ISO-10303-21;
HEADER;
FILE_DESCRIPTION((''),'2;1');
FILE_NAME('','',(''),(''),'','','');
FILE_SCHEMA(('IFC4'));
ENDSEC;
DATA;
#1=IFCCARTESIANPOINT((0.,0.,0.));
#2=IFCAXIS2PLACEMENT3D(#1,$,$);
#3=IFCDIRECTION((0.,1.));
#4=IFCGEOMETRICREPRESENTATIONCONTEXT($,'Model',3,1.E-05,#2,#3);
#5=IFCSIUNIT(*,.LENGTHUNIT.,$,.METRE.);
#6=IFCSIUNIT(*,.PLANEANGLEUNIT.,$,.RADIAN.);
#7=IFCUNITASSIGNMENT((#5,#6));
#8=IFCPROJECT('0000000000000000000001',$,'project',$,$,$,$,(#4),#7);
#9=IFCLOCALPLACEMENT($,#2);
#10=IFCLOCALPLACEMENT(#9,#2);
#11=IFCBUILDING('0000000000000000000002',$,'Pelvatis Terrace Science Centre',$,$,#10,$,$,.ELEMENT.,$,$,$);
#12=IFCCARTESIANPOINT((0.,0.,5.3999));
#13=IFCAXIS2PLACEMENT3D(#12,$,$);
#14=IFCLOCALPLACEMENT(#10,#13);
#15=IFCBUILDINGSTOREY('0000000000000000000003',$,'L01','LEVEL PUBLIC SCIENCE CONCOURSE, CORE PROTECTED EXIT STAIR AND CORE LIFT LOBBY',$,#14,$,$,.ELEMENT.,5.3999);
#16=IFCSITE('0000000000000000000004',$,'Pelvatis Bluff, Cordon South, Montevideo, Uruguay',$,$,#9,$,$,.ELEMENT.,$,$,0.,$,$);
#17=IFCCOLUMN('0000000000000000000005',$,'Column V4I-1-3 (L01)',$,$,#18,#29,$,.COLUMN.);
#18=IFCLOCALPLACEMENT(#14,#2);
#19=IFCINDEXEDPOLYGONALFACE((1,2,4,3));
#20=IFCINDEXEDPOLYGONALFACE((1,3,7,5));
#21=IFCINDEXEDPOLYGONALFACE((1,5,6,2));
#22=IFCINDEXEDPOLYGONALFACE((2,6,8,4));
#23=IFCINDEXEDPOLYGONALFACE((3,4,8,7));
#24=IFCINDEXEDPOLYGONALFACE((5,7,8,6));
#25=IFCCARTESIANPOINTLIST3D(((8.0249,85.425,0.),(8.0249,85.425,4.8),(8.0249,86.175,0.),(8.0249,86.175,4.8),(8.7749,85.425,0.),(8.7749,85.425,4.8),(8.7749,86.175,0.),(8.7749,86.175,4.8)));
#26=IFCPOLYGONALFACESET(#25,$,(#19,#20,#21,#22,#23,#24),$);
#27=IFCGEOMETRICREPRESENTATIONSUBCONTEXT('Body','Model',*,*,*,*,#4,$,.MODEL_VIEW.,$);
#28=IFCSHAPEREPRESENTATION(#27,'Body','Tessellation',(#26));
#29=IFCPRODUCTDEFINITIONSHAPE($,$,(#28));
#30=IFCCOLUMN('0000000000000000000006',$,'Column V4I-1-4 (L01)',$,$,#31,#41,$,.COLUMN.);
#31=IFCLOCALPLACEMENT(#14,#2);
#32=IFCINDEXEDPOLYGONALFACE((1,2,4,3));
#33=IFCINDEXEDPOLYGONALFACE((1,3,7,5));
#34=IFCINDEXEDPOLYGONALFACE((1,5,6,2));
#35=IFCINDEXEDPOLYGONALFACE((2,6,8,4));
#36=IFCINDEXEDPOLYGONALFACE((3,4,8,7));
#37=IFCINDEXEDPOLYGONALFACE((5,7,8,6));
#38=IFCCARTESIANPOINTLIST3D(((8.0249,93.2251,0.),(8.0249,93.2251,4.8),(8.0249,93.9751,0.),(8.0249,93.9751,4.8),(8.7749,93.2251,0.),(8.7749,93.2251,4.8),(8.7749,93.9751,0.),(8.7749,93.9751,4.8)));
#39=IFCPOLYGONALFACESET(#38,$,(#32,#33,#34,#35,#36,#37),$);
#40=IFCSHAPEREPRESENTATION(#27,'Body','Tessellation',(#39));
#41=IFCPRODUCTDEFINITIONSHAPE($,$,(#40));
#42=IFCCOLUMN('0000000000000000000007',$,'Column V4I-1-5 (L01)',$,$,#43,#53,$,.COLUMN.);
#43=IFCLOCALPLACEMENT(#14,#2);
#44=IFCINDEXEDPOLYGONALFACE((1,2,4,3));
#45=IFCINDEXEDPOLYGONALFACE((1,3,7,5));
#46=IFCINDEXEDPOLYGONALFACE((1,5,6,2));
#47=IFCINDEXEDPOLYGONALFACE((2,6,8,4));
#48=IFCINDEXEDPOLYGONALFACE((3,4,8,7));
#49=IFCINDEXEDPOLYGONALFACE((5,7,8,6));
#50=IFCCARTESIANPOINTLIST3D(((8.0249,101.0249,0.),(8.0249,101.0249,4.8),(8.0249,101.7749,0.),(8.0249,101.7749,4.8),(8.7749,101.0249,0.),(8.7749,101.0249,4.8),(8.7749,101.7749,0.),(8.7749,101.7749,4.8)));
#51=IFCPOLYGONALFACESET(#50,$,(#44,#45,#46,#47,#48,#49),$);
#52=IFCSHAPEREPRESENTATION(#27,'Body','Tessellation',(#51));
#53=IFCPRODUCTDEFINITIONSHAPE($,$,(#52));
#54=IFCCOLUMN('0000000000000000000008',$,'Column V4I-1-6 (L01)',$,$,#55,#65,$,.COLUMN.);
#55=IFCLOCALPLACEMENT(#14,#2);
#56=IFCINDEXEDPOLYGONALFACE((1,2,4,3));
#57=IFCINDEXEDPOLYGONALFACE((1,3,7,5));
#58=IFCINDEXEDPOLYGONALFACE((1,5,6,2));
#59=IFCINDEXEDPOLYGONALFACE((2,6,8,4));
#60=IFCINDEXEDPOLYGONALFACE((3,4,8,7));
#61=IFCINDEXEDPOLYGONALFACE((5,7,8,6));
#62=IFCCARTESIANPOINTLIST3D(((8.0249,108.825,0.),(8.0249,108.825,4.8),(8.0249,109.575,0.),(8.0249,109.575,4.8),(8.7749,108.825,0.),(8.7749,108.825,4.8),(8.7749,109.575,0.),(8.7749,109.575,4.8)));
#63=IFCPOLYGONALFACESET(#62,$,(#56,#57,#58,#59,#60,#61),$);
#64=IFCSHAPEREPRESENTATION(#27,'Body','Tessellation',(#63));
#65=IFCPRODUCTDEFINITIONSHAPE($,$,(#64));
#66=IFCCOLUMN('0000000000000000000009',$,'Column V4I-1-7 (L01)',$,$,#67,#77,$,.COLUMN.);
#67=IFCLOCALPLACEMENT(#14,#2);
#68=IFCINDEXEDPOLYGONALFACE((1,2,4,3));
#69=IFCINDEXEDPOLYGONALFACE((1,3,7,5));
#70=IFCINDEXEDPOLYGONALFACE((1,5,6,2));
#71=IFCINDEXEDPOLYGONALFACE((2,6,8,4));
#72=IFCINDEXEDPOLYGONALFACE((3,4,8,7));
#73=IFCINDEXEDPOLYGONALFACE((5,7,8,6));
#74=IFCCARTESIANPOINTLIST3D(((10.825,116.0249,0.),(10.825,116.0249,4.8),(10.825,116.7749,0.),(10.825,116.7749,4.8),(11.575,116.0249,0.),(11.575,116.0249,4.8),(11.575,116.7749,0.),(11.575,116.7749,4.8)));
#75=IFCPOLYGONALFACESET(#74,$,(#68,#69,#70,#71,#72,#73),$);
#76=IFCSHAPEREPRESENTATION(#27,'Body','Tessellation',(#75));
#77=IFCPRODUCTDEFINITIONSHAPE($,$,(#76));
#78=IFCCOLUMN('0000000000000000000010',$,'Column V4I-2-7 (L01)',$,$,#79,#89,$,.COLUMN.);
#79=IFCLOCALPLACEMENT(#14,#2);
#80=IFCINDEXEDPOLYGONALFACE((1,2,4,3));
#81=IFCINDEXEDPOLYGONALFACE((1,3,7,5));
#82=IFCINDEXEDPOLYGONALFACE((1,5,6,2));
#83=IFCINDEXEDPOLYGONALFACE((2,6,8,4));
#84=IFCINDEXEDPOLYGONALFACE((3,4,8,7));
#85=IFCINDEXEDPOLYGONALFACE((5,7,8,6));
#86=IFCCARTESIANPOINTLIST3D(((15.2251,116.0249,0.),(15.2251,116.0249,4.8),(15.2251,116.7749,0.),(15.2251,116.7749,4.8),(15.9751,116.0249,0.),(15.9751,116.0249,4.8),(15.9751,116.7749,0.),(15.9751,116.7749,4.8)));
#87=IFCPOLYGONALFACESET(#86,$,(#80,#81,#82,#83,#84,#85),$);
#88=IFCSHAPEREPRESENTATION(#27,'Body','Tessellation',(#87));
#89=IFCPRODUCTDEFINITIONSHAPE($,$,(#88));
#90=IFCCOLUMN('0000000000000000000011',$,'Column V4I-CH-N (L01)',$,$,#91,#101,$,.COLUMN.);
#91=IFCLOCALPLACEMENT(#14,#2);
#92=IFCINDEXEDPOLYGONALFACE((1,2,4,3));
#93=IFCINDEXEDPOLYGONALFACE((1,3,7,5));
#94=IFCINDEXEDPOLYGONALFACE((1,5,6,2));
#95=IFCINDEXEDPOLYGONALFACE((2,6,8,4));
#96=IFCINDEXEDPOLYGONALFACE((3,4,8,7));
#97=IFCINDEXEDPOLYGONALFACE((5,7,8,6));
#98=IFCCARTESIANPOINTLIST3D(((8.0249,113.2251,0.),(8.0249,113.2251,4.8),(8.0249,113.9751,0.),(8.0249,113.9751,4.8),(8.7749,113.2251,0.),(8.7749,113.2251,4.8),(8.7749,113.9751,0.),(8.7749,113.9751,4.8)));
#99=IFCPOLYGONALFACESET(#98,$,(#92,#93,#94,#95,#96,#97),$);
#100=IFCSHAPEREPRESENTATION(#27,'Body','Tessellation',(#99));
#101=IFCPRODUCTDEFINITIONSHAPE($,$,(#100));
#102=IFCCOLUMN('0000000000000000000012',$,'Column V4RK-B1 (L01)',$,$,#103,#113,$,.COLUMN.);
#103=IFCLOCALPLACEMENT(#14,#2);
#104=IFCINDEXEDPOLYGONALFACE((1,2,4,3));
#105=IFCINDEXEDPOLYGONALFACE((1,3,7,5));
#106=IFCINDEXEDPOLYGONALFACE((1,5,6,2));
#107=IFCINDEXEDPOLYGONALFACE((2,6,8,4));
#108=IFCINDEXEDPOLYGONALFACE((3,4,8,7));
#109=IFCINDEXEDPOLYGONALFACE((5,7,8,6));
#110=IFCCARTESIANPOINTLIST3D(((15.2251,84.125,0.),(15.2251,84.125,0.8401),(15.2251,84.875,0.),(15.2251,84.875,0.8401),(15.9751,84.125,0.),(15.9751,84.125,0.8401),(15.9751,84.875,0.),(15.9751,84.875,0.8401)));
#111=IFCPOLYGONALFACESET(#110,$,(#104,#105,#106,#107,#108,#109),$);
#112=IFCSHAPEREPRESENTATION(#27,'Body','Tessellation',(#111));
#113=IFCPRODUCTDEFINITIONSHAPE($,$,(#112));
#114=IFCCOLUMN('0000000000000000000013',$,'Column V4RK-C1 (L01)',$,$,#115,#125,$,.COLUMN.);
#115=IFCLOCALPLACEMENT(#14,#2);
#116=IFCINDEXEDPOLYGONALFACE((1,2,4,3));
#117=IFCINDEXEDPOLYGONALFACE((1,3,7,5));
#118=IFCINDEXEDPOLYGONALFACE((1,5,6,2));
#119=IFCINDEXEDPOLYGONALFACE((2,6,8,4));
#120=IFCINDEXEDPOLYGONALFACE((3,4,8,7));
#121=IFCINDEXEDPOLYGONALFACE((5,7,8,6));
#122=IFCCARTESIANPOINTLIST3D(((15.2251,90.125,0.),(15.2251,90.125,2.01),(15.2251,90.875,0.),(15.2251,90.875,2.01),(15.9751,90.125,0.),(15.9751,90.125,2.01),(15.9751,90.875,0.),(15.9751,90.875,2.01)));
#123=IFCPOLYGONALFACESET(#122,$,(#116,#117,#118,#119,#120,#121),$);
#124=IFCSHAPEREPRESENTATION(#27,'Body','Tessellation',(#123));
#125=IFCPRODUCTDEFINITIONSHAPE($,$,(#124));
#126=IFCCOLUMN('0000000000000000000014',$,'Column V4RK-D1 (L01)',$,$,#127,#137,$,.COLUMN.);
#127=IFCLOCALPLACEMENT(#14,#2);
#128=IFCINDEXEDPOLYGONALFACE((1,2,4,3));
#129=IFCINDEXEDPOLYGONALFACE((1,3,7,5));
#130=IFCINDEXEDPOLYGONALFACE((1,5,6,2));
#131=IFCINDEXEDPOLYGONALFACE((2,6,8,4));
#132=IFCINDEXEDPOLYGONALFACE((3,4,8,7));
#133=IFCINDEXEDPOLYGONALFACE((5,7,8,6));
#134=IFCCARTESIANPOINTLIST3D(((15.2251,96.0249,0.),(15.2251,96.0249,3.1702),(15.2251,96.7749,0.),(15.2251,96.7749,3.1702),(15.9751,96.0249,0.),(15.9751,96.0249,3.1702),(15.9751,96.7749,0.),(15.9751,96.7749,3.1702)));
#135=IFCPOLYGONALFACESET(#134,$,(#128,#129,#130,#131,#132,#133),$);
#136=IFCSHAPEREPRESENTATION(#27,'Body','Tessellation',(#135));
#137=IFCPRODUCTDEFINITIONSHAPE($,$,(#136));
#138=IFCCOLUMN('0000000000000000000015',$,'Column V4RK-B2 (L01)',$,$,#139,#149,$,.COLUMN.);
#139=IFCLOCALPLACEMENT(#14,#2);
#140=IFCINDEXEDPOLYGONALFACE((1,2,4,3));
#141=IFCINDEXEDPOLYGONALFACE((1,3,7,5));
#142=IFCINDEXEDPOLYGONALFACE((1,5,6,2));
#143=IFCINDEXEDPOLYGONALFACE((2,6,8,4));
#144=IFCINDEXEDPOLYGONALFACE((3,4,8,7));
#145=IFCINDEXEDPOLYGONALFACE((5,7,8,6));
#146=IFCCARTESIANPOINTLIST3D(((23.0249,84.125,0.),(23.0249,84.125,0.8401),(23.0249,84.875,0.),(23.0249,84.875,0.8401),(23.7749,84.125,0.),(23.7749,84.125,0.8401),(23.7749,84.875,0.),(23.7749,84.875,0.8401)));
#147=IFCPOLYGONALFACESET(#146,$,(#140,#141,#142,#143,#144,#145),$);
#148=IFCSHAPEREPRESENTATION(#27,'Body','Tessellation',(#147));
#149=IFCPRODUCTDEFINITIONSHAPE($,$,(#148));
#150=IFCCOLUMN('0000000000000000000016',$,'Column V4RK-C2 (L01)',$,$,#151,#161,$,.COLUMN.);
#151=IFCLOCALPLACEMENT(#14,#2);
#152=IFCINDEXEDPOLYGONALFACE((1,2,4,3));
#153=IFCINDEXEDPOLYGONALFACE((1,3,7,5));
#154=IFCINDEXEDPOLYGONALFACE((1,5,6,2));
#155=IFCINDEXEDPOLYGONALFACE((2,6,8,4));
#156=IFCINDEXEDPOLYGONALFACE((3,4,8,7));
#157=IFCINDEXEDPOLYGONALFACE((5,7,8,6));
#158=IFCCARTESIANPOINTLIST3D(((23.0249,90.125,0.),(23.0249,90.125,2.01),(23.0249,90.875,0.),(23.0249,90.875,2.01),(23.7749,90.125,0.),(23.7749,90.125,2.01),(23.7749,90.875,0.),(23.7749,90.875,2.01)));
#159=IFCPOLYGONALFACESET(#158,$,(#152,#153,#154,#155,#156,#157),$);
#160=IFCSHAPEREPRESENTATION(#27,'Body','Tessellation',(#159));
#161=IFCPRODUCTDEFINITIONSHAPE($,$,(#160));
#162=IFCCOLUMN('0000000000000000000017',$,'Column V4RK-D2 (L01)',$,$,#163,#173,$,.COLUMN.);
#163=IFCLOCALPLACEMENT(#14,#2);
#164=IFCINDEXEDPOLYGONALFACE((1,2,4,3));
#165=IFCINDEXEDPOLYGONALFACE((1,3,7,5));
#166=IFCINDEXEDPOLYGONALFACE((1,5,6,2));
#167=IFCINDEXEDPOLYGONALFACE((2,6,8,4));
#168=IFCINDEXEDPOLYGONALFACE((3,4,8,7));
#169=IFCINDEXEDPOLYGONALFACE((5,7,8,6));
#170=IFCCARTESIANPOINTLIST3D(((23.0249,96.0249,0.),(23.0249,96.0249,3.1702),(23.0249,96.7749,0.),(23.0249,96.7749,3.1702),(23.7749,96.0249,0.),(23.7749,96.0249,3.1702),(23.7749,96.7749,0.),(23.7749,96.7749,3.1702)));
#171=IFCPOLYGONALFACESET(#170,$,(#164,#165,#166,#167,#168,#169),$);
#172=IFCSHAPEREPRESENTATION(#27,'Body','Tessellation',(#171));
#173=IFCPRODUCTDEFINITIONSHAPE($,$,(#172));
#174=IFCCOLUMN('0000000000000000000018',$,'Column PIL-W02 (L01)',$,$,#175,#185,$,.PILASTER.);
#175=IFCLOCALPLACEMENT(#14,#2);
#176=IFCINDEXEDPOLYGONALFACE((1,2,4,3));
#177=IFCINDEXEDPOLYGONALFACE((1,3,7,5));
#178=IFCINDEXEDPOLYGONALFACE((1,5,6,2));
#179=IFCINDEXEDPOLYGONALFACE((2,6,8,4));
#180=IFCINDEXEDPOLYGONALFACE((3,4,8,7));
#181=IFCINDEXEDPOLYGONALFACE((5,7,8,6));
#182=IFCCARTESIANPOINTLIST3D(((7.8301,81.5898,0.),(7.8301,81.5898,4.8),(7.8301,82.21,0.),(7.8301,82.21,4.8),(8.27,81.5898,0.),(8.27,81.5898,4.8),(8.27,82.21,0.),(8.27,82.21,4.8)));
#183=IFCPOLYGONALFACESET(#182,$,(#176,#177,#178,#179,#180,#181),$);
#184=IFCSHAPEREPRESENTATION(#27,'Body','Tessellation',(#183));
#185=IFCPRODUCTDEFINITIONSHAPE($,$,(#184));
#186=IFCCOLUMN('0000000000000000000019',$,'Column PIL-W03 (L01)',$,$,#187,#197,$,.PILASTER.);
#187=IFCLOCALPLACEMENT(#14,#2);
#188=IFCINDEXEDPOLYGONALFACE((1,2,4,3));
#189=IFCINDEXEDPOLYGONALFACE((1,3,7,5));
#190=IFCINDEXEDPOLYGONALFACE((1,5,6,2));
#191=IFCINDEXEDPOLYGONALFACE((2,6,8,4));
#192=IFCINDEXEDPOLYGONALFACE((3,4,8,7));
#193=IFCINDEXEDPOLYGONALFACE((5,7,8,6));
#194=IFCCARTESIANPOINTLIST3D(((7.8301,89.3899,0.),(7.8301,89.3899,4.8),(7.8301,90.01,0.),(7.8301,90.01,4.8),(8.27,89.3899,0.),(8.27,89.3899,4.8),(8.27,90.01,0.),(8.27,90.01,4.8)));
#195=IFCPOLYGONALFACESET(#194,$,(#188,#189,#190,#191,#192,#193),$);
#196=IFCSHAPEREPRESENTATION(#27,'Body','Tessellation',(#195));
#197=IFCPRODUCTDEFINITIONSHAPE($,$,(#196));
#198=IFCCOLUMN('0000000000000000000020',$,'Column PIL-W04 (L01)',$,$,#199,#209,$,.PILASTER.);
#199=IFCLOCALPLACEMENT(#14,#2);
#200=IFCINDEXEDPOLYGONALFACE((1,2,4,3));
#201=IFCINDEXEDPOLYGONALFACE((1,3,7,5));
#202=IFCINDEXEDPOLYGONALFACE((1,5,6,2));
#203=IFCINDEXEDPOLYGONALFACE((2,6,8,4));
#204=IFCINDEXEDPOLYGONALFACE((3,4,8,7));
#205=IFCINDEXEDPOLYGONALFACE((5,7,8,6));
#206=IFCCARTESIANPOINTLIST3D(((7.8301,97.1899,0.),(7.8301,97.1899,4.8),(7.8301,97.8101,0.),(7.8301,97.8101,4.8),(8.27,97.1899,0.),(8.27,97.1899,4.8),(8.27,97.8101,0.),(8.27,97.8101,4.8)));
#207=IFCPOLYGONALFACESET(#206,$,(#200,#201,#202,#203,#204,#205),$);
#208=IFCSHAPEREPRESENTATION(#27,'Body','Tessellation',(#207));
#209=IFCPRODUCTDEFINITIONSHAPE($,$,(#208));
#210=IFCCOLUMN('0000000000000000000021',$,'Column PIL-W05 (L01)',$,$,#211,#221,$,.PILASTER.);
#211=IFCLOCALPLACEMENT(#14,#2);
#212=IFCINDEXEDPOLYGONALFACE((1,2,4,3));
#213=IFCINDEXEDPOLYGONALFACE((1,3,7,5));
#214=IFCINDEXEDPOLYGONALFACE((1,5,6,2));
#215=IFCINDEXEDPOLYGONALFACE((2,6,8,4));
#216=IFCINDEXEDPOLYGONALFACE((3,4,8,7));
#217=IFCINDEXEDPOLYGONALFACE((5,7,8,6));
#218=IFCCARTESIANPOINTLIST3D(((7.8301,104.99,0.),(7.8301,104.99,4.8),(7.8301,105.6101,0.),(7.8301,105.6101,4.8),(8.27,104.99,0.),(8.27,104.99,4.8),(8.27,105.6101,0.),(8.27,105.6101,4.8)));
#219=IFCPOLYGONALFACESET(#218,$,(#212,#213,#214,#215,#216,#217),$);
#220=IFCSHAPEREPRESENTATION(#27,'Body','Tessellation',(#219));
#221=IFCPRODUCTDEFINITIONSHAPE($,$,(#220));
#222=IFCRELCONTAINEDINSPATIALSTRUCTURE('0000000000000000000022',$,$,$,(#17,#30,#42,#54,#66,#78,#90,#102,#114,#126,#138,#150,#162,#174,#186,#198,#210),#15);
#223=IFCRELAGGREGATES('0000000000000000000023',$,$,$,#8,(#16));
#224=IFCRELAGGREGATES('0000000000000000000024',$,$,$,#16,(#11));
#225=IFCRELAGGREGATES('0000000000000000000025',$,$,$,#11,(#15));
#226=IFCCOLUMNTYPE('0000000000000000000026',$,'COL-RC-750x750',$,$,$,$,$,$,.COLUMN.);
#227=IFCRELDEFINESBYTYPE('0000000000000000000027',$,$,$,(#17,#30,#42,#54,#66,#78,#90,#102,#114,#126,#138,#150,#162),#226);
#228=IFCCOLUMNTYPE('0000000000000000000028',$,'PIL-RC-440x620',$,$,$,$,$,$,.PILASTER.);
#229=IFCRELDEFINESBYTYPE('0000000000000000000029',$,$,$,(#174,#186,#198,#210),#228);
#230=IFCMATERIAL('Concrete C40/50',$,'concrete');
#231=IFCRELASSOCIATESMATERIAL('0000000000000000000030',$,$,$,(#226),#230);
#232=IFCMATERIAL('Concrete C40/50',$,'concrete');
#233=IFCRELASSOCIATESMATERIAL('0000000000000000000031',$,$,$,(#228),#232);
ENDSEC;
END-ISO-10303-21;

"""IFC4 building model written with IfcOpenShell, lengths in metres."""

from ifc_helpers import new_model, si_unit, direction, frame, origin, origin_2d, place, context, subcontext, project, spatial, rectangle, extrude, material, material_profile, profile_set, type_object, element, save


model = new_model("IFC4")

# Units and contexts
model_context = context("Model", 3, precision=1e-05, world=origin(), true_north=direction((0.0, 1.0)))
body_context = subcontext(model_context, "Body", "Model", "MODEL_VIEW")
ifc_project = project(units=[si_unit("LENGTHUNIT", "METRE"), si_unit("PLANEANGLEUNIT", "RADIAN")], contexts=[model_context])

# Site, building, storey
site_placement = place(None, origin())
site = spatial("IfcSite", under=ifc_project, at=site_placement, Name="Pelvatis Bluff, Cordon South, Montevideo, Uruguay", CompositionType="ELEMENT", RefElevation=0.0)
building_placement = place(site_placement, origin())
building = spatial("IfcBuilding", under=site, at=building_placement, Name="Pelvatis Terrace Science Centre", CompositionType="ELEMENT")
storey_placement = place(building_placement, frame((0.0, 0.0, 5.3999)))
storey = spatial("IfcBuildingStorey", under=building, at=storey_placement, Name="L01", Description="LEVEL PUBLIC SCIENCE CONCOURSE, CORE PROTECTED EXIT STAIR AND CORE LIFT LOBBY", CompositionType="ELEMENT", Elevation=5.3999)

# Columns
ifc_material_1 = material(Name="Concrete C40/50", Category="concrete")
ifc_material_profile_1 = material_profile(ifc_material_1, rectangle(XDim=0.75, YDim=0.75, at=origin_2d()), Name="RC-COL 750x750")
ifc_profile_set_1 = profile_set([ifc_material_profile_1], Name="Concrete C40/50")
column_type_1 = type_object("IfcColumnType", Name="COL-RC-750x750", PredefinedType="COLUMN", material=ifc_profile_set_1)
for number, where, z_axis, x_axis, name in (
    (1, (8.3999, 85.8, 0.0), (0.0, 0.0, 1.0), (1.0, 0.0, 0.0), "Column V4I-1-3 (L01)"),
    (2, (8.3999, 93.6001, 0.0), (0.0, 0.0, 1.0), (1.0, 0.0, 0.0), "Column V4I-1-4 (L01)"),
    (3, (8.3999, 101.3999, 0.0), (0.0, 0.0, 1.0), (1.0, 0.0, 0.0), "Column V4I-1-5 (L01)"),
    (4, (8.3999, 109.2, 0.0), (0.0, 0.0, 1.0), (1.0, 0.0, 0.0), "Column V4I-1-6 (L01)"),
    (5, (11.2, 116.3999, 0.0), (0.0, 0.0, 1.0), (1.0, 0.0, 0.0), "Column V4I-1-7 (L01)"),
    (6, (15.6001, 116.3999, 0.0), (0.0, 0.0, 1.0), (1.0, 0.0, 0.0), "Column V4I-2-7 (L01)"),
    (7, (8.3999, 113.6001, 0.0), (0.0, 0.0, 1.0), (1.0, 0.0, 0.0), "Column V4I-CH-N (L01)"),
):
    element("IfcColumn", number, at=place(storey_placement, frame(where, z_axis=z_axis, x_axis=x_axis)), inside=storey, type_object=column_type_1, Name=name, PredefinedType="COLUMN", context=body_context, shape_type="SweptSolid", body=[
        extrude(rectangle(XDim=0.75, YDim=0.75, at=origin_2d()), origin(), (0.0, 0.0, 1.0), 4.8),
    ])
column_1_placement = place(storey_placement, frame((15.6001, 84.5, 0.0), z_axis=(0.0, 0.0, 1.0), x_axis=(1.0, 0.0, 0.0)))
element("IfcColumn", 8, at=column_1_placement, inside=storey, type_object=column_type_1, Name="Column V4RK-B1 (L01)", PredefinedType="COLUMN", context=body_context, shape_type="SweptSolid", body=[
    extrude(rectangle(XDim=0.75, YDim=0.75, at=origin_2d()), origin(), (0.0, 0.0, 1.0), 0.8401),
])
column_2_placement = place(storey_placement, frame((15.6001, 90.5, 0.0), z_axis=(0.0, 0.0, 1.0), x_axis=(1.0, 0.0, 0.0)))
element("IfcColumn", 9, at=column_2_placement, inside=storey, type_object=column_type_1, Name="Column V4RK-C1 (L01)", PredefinedType="COLUMN", context=body_context, shape_type="SweptSolid", body=[
    extrude(rectangle(XDim=0.75, YDim=0.75, at=origin_2d()), origin(), (0.0, 0.0, 1.0), 2.01),
])
column_3_placement = place(storey_placement, frame((15.6001, 96.3999, 0.0), z_axis=(0.0, 0.0, 1.0), x_axis=(1.0, 0.0, 0.0)))
element("IfcColumn", 10, at=column_3_placement, inside=storey, type_object=column_type_1, Name="Column V4RK-D1 (L01)", PredefinedType="COLUMN", context=body_context, shape_type="SweptSolid", body=[
    extrude(rectangle(XDim=0.75, YDim=0.75, at=origin_2d()), origin(), (0.0, 0.0, 1.0), 3.1702),
])
column_4_placement = place(storey_placement, frame((23.3999, 84.5, 0.0), z_axis=(0.0, 0.0, 1.0), x_axis=(1.0, 0.0, 0.0)))
element("IfcColumn", 11, at=column_4_placement, inside=storey, type_object=column_type_1, Name="Column V4RK-B2 (L01)", PredefinedType="COLUMN", context=body_context, shape_type="SweptSolid", body=[
    extrude(rectangle(XDim=0.75, YDim=0.75, at=origin_2d()), origin(), (0.0, 0.0, 1.0), 0.8401),
])
column_5_placement = place(storey_placement, frame((23.3999, 90.5, 0.0), z_axis=(0.0, 0.0, 1.0), x_axis=(1.0, 0.0, 0.0)))
element("IfcColumn", 12, at=column_5_placement, inside=storey, type_object=column_type_1, Name="Column V4RK-C2 (L01)", PredefinedType="COLUMN", context=body_context, shape_type="SweptSolid", body=[
    extrude(rectangle(XDim=0.75, YDim=0.75, at=origin_2d()), origin(), (0.0, 0.0, 1.0), 2.01),
])
column_6_placement = place(storey_placement, frame((23.3999, 96.3999, 0.0), z_axis=(0.0, 0.0, 1.0), x_axis=(1.0, 0.0, 0.0)))
element("IfcColumn", 13, at=column_6_placement, inside=storey, type_object=column_type_1, Name="Column V4RK-D2 (L01)", PredefinedType="COLUMN", context=body_context, shape_type="SweptSolid", body=[
    extrude(rectangle(XDim=0.75, YDim=0.75, at=origin_2d()), origin(), (0.0, 0.0, 1.0), 3.1702),
])
ifc_material_2 = material(Name="Concrete C40/50", Category="concrete")
ifc_material_profile_2 = material_profile(ifc_material_2, rectangle(XDim=0.4399, YDim=0.6201, at=origin_2d()), Name="RC-PIL 440x620")
ifc_profile_set_2 = profile_set([ifc_material_profile_2], Name="Concrete C40/50")
column_type_2 = type_object("IfcColumnType", Name="PIL-RC-440x620", PredefinedType="PILASTER", material=ifc_profile_set_2)
for number, where, z_axis, x_axis, name in (
    (14, (8.05, 81.8999, 0.0), (0.0, 0.0, 1.0), (1.0, 0.0, 0.0), "Column PIL-W02 (L01)"),
    (15, (8.05, 89.7, 0.0), (0.0, 0.0, 1.0), (1.0, 0.0, 0.0), "Column PIL-W03 (L01)"),
    (16, (8.05, 97.5, 0.0), (0.0, 0.0, 1.0), (1.0, 0.0, 0.0), "Column PIL-W04 (L01)"),
    (17, (8.05, 105.3, 0.0), (0.0, 0.0, 1.0), (1.0, 0.0, 0.0), "Column PIL-W05 (L01)"),
):
    element("IfcColumn", number, at=place(storey_placement, frame(where, z_axis=z_axis, x_axis=x_axis)), inside=storey, type_object=column_type_2, Name=name, PredefinedType="PILASTER", context=body_context, shape_type="SweptSolid", body=[
        extrude(rectangle(XDim=0.4399, YDim=0.6201, at=origin_2d()), origin(), (0.0, 0.0, 1.0), 4.8),
    ])

save(model, "model.ifc")
